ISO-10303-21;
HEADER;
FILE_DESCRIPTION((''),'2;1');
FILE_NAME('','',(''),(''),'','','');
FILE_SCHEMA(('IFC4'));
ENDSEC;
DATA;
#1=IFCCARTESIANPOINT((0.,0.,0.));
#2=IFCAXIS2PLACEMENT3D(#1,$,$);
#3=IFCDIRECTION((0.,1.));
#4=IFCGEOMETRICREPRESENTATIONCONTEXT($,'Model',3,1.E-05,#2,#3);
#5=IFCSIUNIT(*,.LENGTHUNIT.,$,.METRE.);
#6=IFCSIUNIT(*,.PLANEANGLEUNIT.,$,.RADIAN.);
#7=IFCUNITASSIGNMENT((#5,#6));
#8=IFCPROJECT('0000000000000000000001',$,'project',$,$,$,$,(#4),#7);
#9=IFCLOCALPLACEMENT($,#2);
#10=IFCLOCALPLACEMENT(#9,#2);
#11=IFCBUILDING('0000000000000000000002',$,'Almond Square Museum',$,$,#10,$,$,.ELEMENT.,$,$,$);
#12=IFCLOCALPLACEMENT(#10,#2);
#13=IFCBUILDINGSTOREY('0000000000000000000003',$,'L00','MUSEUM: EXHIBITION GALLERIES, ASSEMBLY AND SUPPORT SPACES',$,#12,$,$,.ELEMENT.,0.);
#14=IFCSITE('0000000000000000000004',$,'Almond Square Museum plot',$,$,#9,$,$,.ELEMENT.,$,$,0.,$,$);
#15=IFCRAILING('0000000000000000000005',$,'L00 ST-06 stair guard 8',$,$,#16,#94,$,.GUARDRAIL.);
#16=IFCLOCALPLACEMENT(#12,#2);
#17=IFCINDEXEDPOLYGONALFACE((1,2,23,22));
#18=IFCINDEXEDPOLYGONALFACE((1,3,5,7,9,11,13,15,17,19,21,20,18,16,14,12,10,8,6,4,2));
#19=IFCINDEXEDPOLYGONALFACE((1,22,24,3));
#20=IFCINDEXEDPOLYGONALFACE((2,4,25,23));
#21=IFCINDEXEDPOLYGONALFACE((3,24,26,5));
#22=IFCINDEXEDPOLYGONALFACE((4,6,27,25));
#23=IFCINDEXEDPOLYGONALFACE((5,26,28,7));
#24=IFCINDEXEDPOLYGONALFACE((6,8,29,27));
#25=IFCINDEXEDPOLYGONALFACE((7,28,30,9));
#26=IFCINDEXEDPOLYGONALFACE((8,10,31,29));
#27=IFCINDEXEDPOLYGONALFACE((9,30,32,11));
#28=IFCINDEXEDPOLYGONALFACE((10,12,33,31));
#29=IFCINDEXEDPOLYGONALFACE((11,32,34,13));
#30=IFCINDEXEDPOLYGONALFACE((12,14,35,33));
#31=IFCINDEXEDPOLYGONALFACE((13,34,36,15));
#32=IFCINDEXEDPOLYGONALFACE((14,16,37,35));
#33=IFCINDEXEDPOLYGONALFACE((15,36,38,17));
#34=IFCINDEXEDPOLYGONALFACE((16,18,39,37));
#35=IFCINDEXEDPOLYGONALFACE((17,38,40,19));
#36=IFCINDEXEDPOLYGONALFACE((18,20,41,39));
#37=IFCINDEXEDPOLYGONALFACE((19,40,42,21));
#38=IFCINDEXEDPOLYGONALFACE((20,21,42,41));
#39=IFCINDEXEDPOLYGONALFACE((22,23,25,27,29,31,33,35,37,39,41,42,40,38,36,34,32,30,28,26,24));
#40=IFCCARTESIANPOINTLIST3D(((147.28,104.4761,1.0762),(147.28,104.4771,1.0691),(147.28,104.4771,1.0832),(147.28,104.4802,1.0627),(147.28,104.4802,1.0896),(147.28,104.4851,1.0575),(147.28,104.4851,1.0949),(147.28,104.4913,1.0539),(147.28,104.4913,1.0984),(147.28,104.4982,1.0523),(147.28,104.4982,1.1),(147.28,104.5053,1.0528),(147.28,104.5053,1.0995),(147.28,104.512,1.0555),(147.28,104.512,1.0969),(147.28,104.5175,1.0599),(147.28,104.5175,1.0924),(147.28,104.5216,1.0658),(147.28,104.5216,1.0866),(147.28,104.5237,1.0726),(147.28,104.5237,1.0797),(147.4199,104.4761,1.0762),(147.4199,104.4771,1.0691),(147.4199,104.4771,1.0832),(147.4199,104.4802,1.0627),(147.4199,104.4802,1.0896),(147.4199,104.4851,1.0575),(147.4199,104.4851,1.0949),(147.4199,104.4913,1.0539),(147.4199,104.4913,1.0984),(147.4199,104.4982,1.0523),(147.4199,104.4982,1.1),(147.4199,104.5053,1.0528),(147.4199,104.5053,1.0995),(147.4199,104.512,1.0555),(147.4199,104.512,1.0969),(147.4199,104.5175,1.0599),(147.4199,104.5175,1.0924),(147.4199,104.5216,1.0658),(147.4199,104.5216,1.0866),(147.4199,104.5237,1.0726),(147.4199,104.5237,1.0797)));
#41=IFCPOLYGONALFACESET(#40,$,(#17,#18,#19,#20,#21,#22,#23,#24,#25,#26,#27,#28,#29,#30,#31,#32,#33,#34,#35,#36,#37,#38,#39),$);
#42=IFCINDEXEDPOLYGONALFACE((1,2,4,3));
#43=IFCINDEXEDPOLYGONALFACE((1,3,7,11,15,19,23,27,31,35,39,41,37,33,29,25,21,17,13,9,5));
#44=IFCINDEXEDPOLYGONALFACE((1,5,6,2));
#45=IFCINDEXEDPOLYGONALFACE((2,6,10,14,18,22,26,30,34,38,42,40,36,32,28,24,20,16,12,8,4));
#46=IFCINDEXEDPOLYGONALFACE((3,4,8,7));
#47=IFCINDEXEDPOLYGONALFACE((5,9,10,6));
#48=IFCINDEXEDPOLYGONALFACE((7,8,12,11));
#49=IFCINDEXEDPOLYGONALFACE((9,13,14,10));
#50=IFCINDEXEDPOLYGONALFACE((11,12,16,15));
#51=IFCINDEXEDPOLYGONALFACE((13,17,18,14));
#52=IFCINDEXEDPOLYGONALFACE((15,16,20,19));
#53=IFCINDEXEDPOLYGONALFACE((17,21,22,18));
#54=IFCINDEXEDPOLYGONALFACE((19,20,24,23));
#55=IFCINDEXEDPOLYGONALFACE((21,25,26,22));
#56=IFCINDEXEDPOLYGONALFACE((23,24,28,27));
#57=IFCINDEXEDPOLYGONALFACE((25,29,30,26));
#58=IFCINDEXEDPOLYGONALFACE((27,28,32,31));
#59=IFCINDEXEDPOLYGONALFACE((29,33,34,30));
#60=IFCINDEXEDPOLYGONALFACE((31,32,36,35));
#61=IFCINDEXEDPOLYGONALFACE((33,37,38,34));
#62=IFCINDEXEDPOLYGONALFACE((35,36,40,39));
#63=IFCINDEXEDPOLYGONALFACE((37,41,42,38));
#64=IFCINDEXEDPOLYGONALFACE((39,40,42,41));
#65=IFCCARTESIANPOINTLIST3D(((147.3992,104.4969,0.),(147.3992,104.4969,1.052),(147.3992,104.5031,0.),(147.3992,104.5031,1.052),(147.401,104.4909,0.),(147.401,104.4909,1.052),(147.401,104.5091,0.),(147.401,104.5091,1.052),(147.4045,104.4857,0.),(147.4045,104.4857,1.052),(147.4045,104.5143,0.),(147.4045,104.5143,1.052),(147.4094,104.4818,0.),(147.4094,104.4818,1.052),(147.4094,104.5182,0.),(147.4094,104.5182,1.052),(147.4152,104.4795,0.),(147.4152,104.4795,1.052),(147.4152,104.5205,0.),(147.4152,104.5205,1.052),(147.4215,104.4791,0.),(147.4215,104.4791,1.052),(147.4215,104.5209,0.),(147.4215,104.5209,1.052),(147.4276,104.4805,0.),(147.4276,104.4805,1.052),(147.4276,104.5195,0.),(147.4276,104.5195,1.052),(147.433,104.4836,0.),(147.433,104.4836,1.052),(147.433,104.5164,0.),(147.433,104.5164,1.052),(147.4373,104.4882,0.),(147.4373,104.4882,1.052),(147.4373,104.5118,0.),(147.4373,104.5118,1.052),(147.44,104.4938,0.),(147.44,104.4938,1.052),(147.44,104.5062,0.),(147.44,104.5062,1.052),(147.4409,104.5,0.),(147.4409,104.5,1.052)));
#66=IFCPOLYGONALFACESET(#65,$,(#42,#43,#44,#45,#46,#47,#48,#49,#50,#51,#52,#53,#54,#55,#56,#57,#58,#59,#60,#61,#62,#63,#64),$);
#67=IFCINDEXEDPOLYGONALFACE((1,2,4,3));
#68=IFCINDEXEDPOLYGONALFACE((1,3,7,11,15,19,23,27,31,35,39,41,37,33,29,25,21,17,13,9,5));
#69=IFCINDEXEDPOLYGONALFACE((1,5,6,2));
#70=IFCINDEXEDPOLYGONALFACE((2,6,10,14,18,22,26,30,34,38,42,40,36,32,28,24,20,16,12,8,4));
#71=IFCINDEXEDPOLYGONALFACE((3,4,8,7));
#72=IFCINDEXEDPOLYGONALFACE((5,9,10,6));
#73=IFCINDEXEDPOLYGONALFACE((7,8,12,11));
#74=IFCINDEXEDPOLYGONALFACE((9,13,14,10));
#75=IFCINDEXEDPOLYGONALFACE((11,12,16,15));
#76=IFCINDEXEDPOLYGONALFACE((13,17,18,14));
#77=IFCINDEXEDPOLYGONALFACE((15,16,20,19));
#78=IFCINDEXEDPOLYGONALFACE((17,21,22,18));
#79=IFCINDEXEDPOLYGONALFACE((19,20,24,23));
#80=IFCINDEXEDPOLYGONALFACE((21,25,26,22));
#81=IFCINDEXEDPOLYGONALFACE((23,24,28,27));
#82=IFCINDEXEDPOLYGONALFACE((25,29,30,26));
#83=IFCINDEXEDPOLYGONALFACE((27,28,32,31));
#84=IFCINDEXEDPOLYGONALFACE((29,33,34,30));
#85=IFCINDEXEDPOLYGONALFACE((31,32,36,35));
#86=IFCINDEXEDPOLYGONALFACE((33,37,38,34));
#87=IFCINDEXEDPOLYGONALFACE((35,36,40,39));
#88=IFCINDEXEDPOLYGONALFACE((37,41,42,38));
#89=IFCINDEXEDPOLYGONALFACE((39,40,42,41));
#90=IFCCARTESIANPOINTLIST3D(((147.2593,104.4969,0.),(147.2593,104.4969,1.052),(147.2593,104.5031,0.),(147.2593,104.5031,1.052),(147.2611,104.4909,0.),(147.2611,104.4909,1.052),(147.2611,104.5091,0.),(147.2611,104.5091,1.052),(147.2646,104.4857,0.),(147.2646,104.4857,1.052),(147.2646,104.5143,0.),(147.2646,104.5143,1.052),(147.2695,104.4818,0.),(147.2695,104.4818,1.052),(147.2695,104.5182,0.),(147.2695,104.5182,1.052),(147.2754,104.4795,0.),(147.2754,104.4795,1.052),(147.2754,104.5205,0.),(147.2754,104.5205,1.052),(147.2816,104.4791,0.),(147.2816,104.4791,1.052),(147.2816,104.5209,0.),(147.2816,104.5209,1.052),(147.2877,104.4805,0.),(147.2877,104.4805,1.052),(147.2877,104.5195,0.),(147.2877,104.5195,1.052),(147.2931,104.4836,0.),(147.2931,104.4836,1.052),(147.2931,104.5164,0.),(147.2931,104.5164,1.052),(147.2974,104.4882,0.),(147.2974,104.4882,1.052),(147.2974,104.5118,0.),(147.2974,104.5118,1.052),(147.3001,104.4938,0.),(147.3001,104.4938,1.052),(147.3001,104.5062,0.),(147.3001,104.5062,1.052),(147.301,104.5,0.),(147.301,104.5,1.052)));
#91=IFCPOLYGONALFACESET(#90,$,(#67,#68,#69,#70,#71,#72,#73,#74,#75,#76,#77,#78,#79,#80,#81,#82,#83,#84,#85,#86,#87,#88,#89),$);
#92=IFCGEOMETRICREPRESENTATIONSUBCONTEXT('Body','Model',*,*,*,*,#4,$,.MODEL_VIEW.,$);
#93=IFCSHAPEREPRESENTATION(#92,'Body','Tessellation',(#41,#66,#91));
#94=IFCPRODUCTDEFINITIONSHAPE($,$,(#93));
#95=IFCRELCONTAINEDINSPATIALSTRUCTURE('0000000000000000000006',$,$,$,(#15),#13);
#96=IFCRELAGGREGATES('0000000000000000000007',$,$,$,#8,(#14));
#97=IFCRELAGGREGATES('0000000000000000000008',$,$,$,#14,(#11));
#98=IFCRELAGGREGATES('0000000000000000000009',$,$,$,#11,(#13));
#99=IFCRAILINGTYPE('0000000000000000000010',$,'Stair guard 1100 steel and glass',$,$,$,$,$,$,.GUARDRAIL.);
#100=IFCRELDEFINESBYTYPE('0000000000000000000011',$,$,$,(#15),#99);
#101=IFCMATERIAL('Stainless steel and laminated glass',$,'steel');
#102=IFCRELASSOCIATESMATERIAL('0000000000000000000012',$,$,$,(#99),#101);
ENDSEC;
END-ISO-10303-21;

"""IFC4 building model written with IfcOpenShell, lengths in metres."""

from ifc_helpers import new_model, si_unit, direction, frame, origin, origin_2d, place, context, subcontext, project, spatial, circle, extrude, material, type_object, element, save


model = new_model("IFC4")

# Units and contexts
model_context = context("Model", 3, precision=1e-05, world=origin(), true_north=direction((0.0, 1.0)))
body_context = subcontext(model_context, "Body", "Model", "MODEL_VIEW")
ifc_project = project(units=[si_unit("LENGTHUNIT", "METRE"), si_unit("PLANEANGLEUNIT", "RADIAN")], contexts=[model_context])

# Site, building, storey
site_placement = place(None, origin())
site = spatial("IfcSite", under=ifc_project, at=site_placement, Name="Almond Square Museum plot", CompositionType="ELEMENT", RefElevation=0.0)
building_placement = place(site_placement, origin())
building = spatial("IfcBuilding", under=site, at=building_placement, Name="Almond Square Museum", CompositionType="ELEMENT")
storey_placement = place(building_placement, origin())
storey = spatial("IfcBuildingStorey", under=building, at=storey_placement, Name="L00", Description="MUSEUM: EXHIBITION GALLERIES, ASSEMBLY AND SUPPORT SPACES", CompositionType="ELEMENT", Elevation=0.0)

# Railing
ifc_material_1 = material(Name="Stainless steel and laminated glass", Category="steel")
railing_type_1 = type_object("IfcRailingType", Name="Stair guard 1100 steel and glass", PredefinedType="GUARDRAIL", material=ifc_material_1)
railing_1_placement = place(storey_placement, frame((147.4199, 104.5, 0.0)))
element("IfcRailing", 1, at=railing_1_placement, inside=storey, type_object=railing_type_1, Name="L00 ST-06 stair guard 8", PredefinedType="GUARDRAIL", context=body_context, shape_type="SweptSolid", body=[
    extrude(circle(Radius=0.0239, at=origin_2d()), frame((0.0, 0.0, 1.0762), z_axis=(-1.0, 0.0, 0.0), x_axis=(0.0, -1.0, 0.0)), (0.0, 0.0, 1.0), 0.1399),
    extrude(circle(Radius=0.021, at=origin_2d()), origin(), (0.0, 0.0, 1.0), 1.052),
    extrude(circle(Radius=0.021, at=origin_2d()), frame((-0.1399, 0.0, 0.0)), (0.0, 0.0, 1.0), 1.052),
])

save(model, "model.ifc")
